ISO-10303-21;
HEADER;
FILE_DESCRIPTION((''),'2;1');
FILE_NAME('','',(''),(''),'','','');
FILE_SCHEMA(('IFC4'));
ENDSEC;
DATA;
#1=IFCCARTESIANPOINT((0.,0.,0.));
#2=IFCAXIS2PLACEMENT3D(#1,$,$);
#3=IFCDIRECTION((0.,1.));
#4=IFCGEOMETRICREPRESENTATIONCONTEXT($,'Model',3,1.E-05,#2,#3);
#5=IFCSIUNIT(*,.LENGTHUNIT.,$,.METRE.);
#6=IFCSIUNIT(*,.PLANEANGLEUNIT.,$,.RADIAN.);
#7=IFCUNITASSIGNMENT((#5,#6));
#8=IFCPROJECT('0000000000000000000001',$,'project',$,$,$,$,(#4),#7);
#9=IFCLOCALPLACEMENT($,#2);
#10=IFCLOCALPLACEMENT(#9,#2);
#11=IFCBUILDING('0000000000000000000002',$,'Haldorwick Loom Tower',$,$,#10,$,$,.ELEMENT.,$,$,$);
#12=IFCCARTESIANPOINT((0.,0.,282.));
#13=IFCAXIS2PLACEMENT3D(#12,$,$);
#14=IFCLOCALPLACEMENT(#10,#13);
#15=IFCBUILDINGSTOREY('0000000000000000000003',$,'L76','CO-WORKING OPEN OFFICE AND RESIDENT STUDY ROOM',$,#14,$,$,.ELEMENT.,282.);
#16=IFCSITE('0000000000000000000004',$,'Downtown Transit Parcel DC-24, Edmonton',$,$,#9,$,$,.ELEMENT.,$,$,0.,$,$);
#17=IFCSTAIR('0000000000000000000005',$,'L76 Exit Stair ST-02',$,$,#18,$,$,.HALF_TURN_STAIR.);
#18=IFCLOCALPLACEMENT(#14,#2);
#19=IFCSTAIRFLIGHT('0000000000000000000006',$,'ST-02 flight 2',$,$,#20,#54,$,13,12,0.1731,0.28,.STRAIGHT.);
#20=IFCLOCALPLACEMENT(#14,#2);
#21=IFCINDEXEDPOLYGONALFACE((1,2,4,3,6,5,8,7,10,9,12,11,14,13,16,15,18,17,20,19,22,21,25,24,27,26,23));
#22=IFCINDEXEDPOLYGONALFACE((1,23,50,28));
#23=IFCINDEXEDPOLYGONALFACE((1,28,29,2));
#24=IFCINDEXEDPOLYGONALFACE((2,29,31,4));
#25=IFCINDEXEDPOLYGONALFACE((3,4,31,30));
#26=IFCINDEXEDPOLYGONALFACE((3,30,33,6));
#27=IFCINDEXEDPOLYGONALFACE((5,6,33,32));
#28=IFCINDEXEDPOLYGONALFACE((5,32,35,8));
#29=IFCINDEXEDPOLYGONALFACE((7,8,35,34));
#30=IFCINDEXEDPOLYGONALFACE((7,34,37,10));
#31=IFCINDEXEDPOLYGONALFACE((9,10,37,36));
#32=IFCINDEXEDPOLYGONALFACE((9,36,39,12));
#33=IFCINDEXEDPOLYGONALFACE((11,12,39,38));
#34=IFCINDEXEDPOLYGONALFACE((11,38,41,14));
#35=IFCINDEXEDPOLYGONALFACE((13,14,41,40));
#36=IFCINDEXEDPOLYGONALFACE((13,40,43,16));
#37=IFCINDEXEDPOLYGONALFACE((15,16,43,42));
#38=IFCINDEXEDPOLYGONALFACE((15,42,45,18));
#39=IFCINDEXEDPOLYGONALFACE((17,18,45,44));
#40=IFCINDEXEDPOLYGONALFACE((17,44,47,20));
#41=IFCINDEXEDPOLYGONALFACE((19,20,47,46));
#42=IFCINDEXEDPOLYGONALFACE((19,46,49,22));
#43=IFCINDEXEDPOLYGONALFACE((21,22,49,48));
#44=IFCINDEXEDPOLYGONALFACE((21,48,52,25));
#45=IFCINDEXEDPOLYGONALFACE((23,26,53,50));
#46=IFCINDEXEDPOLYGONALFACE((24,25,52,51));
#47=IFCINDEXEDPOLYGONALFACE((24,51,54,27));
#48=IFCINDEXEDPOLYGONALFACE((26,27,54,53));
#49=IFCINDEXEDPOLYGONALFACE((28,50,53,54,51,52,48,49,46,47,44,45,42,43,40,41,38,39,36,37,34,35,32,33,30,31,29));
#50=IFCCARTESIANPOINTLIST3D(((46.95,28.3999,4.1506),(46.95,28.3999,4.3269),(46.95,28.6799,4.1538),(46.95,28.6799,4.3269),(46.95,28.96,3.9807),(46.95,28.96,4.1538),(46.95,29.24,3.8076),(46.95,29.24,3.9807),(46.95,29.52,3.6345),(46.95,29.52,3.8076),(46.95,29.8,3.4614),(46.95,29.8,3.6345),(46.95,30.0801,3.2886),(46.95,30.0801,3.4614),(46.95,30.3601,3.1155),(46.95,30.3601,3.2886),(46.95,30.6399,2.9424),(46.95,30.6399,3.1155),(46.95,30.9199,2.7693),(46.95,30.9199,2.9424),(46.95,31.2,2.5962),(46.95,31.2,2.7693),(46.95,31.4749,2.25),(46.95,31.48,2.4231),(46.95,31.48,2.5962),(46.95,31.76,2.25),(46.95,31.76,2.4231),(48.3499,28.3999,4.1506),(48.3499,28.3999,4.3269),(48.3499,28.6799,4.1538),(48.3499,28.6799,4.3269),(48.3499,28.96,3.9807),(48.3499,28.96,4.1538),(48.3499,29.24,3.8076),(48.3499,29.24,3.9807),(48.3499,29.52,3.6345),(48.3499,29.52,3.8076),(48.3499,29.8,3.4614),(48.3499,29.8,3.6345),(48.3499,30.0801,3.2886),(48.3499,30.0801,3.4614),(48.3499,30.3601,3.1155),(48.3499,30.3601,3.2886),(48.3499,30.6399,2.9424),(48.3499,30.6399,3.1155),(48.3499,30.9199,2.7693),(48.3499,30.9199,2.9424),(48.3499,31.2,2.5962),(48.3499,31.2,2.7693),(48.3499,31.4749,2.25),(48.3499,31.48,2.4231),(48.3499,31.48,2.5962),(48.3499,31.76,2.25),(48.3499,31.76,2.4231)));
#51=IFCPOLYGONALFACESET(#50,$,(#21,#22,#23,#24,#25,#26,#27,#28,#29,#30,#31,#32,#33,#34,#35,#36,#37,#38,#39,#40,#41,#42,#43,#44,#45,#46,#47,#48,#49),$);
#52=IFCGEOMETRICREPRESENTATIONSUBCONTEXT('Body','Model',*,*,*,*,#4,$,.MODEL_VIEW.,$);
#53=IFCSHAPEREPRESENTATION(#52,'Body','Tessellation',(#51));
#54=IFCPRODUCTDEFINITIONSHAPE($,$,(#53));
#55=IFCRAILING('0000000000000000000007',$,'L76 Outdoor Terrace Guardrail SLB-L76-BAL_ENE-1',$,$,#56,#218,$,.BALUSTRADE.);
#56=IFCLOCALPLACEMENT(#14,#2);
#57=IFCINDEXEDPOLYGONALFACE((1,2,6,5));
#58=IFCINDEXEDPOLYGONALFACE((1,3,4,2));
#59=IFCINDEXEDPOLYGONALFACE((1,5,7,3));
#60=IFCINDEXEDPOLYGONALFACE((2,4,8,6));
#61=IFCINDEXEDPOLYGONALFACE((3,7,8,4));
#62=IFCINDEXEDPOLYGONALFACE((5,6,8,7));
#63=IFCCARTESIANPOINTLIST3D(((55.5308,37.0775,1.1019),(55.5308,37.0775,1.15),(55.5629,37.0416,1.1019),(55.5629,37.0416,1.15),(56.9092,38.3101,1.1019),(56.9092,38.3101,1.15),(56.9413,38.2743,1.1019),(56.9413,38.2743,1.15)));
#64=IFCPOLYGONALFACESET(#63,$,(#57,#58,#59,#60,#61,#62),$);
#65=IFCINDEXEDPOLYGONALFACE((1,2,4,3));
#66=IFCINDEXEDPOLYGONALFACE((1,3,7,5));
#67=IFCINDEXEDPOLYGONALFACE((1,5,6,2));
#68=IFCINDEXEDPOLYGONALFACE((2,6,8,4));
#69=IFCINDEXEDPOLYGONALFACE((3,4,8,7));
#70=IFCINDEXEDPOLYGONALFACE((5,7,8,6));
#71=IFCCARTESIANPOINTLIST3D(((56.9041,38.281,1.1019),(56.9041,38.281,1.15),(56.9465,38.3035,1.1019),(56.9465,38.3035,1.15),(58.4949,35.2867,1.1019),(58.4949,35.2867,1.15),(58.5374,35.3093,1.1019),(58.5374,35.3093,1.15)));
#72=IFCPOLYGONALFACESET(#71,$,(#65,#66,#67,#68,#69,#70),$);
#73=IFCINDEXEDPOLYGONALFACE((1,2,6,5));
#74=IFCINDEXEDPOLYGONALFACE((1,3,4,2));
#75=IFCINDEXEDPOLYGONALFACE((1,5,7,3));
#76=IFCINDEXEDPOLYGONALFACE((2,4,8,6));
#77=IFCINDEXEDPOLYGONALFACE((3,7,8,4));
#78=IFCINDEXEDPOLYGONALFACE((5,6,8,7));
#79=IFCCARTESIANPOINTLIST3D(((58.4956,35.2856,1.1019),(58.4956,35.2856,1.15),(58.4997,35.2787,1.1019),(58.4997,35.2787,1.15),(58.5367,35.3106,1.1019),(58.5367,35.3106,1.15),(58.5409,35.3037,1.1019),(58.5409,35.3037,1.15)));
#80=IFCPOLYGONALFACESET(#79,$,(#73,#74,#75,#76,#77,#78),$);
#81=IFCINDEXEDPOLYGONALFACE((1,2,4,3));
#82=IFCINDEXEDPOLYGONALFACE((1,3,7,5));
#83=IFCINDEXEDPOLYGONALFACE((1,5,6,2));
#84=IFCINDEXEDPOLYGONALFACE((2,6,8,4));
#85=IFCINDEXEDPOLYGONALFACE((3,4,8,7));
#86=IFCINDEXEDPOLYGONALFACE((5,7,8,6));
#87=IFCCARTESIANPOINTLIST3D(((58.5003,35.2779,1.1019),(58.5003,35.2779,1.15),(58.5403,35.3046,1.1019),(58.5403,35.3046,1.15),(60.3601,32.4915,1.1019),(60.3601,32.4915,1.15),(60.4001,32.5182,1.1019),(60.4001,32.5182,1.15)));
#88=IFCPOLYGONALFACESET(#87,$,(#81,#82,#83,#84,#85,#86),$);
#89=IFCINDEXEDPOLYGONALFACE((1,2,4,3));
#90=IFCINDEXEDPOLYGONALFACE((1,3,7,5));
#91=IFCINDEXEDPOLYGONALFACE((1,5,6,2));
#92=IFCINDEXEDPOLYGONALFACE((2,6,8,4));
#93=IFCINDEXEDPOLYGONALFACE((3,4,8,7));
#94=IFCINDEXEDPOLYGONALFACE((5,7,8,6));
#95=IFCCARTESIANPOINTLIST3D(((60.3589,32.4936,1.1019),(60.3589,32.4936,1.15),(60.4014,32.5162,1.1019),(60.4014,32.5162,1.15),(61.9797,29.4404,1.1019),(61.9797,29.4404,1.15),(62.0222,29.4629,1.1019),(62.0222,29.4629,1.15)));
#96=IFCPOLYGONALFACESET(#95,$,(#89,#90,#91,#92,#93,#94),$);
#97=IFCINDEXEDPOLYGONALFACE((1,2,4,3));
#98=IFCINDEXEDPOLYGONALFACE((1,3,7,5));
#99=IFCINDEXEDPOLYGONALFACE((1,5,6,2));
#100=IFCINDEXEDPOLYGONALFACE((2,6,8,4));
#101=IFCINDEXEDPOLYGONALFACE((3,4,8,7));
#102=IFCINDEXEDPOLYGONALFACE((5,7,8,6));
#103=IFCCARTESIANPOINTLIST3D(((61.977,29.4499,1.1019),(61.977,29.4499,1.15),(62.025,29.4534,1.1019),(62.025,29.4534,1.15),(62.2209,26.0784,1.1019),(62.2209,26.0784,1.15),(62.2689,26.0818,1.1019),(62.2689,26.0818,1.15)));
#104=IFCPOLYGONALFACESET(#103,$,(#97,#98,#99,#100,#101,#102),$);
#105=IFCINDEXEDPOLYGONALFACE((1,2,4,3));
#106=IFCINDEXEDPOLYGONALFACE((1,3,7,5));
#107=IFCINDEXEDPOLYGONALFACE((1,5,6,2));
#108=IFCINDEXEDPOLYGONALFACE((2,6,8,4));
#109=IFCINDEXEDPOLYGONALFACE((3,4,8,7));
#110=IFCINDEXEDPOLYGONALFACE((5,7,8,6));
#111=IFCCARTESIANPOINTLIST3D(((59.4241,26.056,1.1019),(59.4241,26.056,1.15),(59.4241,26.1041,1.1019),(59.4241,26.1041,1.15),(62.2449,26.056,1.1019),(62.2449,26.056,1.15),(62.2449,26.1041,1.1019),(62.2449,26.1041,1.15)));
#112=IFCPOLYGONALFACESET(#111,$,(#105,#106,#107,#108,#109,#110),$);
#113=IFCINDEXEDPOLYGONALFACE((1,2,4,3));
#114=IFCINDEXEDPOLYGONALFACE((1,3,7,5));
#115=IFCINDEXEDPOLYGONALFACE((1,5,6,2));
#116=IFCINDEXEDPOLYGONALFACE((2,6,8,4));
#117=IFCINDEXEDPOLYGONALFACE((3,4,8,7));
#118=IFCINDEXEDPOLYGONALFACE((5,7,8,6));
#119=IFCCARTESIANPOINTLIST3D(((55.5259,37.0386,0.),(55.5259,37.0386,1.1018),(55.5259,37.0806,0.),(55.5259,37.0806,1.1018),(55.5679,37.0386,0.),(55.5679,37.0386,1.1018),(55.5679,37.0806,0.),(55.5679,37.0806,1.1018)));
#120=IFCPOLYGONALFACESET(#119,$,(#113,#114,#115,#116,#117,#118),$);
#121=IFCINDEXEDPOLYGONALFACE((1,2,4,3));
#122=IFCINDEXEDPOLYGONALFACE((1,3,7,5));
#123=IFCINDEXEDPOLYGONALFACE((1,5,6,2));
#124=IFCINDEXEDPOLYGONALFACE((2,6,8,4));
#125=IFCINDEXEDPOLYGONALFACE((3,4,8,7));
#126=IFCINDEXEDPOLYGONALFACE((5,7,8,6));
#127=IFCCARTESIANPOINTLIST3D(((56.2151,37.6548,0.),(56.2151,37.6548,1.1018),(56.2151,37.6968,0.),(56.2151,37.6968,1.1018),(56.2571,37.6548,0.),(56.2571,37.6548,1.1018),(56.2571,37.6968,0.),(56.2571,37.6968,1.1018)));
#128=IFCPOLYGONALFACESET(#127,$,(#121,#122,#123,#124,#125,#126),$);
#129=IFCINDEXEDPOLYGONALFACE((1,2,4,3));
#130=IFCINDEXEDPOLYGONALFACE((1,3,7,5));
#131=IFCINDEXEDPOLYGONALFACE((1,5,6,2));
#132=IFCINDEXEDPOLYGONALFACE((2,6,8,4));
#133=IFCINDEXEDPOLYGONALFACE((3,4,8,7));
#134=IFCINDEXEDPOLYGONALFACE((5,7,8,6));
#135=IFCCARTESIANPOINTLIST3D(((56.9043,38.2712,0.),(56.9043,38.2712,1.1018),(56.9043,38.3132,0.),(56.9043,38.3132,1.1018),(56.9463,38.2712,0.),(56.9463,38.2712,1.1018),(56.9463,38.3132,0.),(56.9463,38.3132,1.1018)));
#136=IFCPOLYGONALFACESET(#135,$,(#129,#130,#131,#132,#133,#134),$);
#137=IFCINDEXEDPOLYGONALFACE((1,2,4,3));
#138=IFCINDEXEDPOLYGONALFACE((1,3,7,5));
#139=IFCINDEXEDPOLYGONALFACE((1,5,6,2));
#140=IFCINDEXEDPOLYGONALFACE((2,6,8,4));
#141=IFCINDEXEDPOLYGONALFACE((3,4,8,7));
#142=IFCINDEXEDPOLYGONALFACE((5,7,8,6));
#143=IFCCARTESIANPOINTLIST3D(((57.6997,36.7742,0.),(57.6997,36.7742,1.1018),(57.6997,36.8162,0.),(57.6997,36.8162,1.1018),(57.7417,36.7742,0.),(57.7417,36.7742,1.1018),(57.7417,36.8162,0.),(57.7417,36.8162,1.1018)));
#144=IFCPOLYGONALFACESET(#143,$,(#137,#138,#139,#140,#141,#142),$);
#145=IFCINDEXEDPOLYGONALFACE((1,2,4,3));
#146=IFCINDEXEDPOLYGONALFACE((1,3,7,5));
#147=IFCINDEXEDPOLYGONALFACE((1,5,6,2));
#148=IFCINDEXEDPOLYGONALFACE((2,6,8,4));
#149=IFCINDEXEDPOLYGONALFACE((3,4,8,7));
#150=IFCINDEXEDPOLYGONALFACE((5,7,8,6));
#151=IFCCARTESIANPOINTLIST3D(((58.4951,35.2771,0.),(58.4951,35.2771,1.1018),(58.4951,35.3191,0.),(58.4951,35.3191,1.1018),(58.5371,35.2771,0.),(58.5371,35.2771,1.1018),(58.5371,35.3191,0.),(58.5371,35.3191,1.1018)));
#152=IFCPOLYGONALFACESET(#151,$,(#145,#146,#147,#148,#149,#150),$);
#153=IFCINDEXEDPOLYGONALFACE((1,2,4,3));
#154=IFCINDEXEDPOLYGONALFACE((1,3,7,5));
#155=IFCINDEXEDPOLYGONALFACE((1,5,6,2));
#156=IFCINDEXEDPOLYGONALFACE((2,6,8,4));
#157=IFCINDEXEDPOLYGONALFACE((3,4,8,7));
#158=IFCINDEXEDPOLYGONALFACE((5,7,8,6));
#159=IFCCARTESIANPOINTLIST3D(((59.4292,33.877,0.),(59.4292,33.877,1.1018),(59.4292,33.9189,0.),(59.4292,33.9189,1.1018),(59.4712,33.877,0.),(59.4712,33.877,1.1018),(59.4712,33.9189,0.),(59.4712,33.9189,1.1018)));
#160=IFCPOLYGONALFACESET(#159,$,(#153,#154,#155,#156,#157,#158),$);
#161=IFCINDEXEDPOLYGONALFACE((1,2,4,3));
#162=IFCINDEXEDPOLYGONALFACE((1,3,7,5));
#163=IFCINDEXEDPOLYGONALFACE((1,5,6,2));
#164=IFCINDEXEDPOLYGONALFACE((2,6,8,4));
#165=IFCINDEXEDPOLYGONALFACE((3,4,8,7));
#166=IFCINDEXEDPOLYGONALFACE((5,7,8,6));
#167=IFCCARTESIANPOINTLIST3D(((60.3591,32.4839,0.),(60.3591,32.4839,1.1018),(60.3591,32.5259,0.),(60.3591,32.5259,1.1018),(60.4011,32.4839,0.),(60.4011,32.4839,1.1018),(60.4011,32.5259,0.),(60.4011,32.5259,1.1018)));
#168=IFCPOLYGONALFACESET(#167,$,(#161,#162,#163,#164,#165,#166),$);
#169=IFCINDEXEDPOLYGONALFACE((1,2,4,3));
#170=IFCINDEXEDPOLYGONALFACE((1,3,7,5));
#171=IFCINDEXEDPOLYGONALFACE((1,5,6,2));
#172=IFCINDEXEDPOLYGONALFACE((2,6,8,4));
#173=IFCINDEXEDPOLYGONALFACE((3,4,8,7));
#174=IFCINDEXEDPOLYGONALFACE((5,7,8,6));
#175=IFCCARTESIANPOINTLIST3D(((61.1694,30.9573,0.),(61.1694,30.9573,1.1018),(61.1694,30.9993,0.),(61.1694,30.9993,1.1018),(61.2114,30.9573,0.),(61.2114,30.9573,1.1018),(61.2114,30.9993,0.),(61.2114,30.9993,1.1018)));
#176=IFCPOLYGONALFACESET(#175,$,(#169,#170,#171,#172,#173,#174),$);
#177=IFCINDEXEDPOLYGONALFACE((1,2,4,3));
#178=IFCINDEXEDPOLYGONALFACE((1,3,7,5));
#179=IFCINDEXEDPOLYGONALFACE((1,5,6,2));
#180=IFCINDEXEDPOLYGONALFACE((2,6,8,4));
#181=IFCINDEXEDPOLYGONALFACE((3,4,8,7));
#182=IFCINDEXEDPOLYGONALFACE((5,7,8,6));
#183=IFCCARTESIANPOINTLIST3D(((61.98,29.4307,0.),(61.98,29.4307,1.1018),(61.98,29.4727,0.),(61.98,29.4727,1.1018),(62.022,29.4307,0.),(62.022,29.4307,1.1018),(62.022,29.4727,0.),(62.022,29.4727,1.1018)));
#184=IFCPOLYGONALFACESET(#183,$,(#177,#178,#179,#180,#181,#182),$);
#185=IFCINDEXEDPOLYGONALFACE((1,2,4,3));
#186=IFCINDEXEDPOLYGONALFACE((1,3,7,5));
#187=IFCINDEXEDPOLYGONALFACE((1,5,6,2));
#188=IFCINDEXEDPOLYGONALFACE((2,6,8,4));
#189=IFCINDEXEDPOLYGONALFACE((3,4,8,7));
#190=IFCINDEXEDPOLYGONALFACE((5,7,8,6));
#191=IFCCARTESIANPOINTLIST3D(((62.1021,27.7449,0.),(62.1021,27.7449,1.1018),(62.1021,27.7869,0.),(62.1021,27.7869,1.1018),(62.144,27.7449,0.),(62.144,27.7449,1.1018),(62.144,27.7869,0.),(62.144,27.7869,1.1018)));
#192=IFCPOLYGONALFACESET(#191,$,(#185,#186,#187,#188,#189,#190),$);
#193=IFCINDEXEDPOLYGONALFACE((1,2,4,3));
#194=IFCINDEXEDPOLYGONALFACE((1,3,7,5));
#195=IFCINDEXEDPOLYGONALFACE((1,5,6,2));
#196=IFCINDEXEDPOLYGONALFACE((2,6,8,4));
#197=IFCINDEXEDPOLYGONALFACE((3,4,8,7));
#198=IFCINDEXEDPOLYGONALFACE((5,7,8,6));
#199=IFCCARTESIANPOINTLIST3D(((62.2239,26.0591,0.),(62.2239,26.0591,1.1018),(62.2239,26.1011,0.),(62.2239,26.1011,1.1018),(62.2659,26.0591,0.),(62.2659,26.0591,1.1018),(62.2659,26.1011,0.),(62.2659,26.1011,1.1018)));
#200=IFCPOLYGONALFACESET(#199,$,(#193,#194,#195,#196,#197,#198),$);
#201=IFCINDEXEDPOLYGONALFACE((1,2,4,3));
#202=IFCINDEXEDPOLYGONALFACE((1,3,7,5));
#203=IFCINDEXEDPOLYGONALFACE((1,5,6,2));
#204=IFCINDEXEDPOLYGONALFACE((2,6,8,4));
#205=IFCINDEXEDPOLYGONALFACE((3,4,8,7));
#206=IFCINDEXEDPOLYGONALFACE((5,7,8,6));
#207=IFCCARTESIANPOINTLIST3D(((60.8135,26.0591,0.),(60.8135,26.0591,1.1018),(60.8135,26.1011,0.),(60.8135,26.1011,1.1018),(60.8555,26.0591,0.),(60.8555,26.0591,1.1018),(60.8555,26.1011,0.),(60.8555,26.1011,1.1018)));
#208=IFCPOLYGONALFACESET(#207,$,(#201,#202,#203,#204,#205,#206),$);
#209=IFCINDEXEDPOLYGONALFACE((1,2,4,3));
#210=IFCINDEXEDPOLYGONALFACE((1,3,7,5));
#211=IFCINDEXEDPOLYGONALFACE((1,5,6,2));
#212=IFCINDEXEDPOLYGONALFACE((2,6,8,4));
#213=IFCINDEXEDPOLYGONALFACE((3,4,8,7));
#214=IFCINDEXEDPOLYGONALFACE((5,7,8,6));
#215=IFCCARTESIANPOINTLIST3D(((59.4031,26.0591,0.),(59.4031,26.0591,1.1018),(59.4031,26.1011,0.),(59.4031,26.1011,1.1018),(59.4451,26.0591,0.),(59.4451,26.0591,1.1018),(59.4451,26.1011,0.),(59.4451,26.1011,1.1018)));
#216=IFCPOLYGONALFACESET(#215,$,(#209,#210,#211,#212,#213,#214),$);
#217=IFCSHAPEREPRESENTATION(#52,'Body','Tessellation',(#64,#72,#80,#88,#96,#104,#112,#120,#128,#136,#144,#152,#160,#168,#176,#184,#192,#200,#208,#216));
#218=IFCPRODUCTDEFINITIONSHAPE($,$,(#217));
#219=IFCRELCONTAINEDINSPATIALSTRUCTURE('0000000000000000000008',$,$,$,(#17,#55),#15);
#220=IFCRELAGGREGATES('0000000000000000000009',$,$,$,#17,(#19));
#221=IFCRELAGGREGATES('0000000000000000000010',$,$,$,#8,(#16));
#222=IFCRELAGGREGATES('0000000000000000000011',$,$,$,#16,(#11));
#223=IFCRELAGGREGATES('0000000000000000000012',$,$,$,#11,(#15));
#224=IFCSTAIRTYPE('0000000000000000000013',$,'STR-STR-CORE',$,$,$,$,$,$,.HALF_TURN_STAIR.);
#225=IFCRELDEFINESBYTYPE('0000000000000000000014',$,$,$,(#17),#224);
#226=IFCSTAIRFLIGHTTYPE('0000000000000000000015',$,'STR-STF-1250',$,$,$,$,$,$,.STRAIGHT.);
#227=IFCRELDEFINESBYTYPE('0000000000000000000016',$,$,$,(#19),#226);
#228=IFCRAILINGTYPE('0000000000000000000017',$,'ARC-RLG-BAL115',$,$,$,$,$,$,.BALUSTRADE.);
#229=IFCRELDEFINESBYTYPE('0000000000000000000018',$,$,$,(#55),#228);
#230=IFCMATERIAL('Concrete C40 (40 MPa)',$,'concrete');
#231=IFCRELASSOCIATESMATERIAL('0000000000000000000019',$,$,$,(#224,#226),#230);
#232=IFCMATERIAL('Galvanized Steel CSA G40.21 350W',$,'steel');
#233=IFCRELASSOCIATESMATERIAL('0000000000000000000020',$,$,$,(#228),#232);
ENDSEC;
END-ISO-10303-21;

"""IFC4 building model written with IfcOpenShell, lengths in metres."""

from ifc_helpers import new_model, si_unit, direction, frame, origin, origin_2d, place, context, subcontext, project, spatial, polyline, rectangle, outline, extrude, material, type_object, element, aggregate, save


model = new_model("IFC4")

# Units and contexts
model_context = context("Model", 3, precision=1e-05, world=origin(), true_north=direction((0.0, 1.0)))
body_context = subcontext(model_context, "Body", "Model", "MODEL_VIEW")
ifc_project = project(units=[si_unit("LENGTHUNIT", "METRE"), si_unit("PLANEANGLEUNIT", "RADIAN")], contexts=[model_context])

# Site, building, storey
site_placement = place(None, origin())
site = spatial("IfcSite", under=ifc_project, at=site_placement, Name="Downtown Transit Parcel DC-24, Edmonton", CompositionType="ELEMENT", RefElevation=0.0)
building_placement = place(site_placement, origin())
building = spatial("IfcBuilding", under=site, at=building_placement, Name="Haldorwick Loom Tower", CompositionType="ELEMENT")
storey_placement = place(building_placement, frame((0.0, 0.0, 282.0)))
storey = spatial("IfcBuildingStorey", under=building, at=storey_placement, Name="L76", Description="CO-WORKING OPEN OFFICE AND RESIDENT STUDY ROOM", CompositionType="ELEMENT", Elevation=282.0)

# Stair, stair flight
ifc_material_1 = material(Name="Concrete C40 (40 MPa)", Category="concrete")
stair_type = type_object("IfcStairType", Name="STR-STR-CORE", PredefinedType="HALF_TURN_STAIR", material=ifc_material_1)
stair_placement = place(storey_placement, origin())
stair = element("IfcStair", 1, at=stair_placement, inside=storey, type_object=stair_type, Name="L76 Exit Stair ST-02", PredefinedType="HALF_TURN_STAIR")
stair_flight_type = type_object("IfcStairFlightType", Name="STR-STF-1250", PredefinedType="STRAIGHT", material=ifc_material_1)
stair_flight_1_placement = place(storey_placement, frame((47.6499, 31.76, 2.25), z_axis=(0.0, 0.0, 1.0), x_axis=(0.0, -1.0, 0.0)))
stair_flight_1 = element("IfcStairFlight", 2, at=stair_flight_1_placement, type_object=stair_flight_type, Name="ST-02 flight 2", NumberOfRisers=13, NumberOfTreads=12, PredefinedType="STRAIGHT", RiserHeight=0.1731, TreadLength=0.28, context=body_context, shape_type="SweptSolid", body=[
    extrude(outline(polyline([(0.0, 0.0), (0.0, 0.1731), (0.28, 0.1731), (0.28, 0.3462), (0.5601, 0.3462), (0.5601, 0.5193), (0.8401, 0.5193), (0.8401, 0.6924), (1.1201, 0.6924), (1.1201, 0.8655), (1.3999, 0.8655), (1.3999, 1.0386), (1.6799, 1.0386), (1.6799, 1.2114), (1.96, 1.2114), (1.96, 1.3845), (2.24, 1.3845), (2.24, 1.5576), (2.52, 1.5576), (2.52, 1.7307), (2.8, 1.7307), (2.8, 1.9038), (3.0801, 1.9038), (3.0801, 2.0769), (3.3601, 2.0769), (3.3601, 2.25), (3.3601, 1.9006), (0.2852, 0.0), (0.0, 0.0)])), frame((0.0, 0.7, 0.0), z_axis=(0.0, -1.0, 0.0), x_axis=(1.0, 0.0, 0.0)), (0.0, 0.0, 1.0), 1.3999),
])
aggregate(stair, [stair_flight_1])

# Railing
ifc_material_2 = material(Name="Galvanized Steel CSA G40.21 350W", Category="steel")
railing_type_1 = type_object("IfcRailingType", Name="ARC-RLG-BAL115", PredefinedType="BALUSTRADE", material=ifc_material_2)
railing_1_placement = place(storey_placement, frame((55.5469, 37.0596, 0.0)))
element("IfcRailing", 3, at=railing_1_placement, inside=storey, type_object=railing_type_1, Name="L76 Outdoor Terrace Guardrail SLB-L76-BAL_ENE-1", PredefinedType="BALUSTRADE", context=body_context, shape_type="SweptSolid", body=[
    extrude(rectangle(XDim=0.0481, YDim=0.0481, at=origin_2d()), frame((0.0, 0.0, 1.126), z_axis=(0.745417, 0.666598, 0.0), x_axis=(-0.666598, 0.745417, 0.0)), (0.0, 0.0, 1.0), 1.8491),
    extrude(rectangle(XDim=0.0481, YDim=0.0481, at=origin_2d()), frame((1.3784, 1.2327, 1.126), z_axis=(0.469197, -0.883093, 0.0), x_axis=(0.883093, 0.469197, 0.0)), (0.0, 0.0, 1.0), 3.3906),
    extrude(rectangle(XDim=0.0481, YDim=0.0481, at=origin_2d()), frame((2.9692, -1.7615, 1.126), z_axis=(0.518978, -0.854788, 0.0), x_axis=(0.854788, 0.518978, 0.0)), (0.0, 0.0, 1.0), 0.0081),
    extrude(rectangle(XDim=0.0481, YDim=0.0481, at=origin_2d()), frame((2.9734, -1.7683, 1.126), z_axis=(0.555171, -0.831736, 0.0), x_axis=(0.831736, 0.555171, 0.0)), (0.0, 0.0, 1.0), 3.3501),
    extrude(rectangle(XDim=0.0481, YDim=0.0481, at=origin_2d()), frame((4.8333, -4.5547, 1.126), z_axis=(0.46889, -0.883257, 0.0), x_axis=(0.883257, 0.46889, 0.0)), (0.0, 0.0, 1.0), 3.4568),
    extrude(rectangle(XDim=0.0481, YDim=0.0481, at=origin_2d()), frame((6.4541, -7.6079, 1.126), z_axis=(0.07215, -0.997394, 0.0), x_axis=(0.997394, 0.07215, 0.0)), (0.0, 0.0, 1.0), 3.3804),
    extrude(rectangle(XDim=0.0481, YDim=0.0481, at=origin_2d()), frame((6.698, -10.9795, 1.126), z_axis=(-1.0, 0.0, 0.0), x_axis=(0.0, -1.0, 0.0)), (0.0, 0.0, 1.0), 2.8208),
    extrude(rectangle(XDim=0.042, YDim=0.042, at=origin_2d()), origin(), (0.0, 0.0, 1.0), 1.1018),
    extrude(rectangle(XDim=0.042, YDim=0.042, at=origin_2d()), frame((0.6892, 0.6162, 0.0)), (0.0, 0.0, 1.0), 1.1018),
    extrude(rectangle(XDim=0.042, YDim=0.042, at=origin_2d()), frame((1.3784, 1.2327, 0.0)), (0.0, 0.0, 1.0), 1.1018),
    extrude(rectangle(XDim=0.042, YDim=0.042, at=origin_2d()), frame((2.1738, -0.2644, 0.0)), (0.0, 0.0, 1.0), 1.1018),
    extrude(rectangle(XDim=0.042, YDim=0.042, at=origin_2d()), frame((2.9692, -1.7615, 0.0)), (0.0, 0.0, 1.0), 1.1018),
    extrude(rectangle(XDim=0.042, YDim=0.042, at=origin_2d()), frame((3.9033, -3.1616, 0.0)), (0.0, 0.0, 1.0), 1.1018),
    extrude(rectangle(XDim=0.042, YDim=0.042, at=origin_2d()), frame((4.8333, -4.5547, 0.0)), (0.0, 0.0, 1.0), 1.1018),
    extrude(rectangle(XDim=0.042, YDim=0.042, at=origin_2d()), frame((5.6436, -6.0813, 0.0)), (0.0, 0.0, 1.0), 1.1018),
    extrude(rectangle(XDim=0.042, YDim=0.042, at=origin_2d()), frame((6.4541, -7.6079, 0.0)), (0.0, 0.0, 1.0), 1.1018),
    extrude(rectangle(XDim=0.042, YDim=0.042, at=origin_2d()), frame((6.5762, -9.2937, 0.0)), (0.0, 0.0, 1.0), 1.1018),
    extrude(rectangle(XDim=0.042, YDim=0.042, at=origin_2d()), frame((6.698, -10.9795, 0.0)), (0.0, 0.0, 1.0), 1.1018),
    extrude(rectangle(XDim=0.042, YDim=0.042, at=origin_2d()), frame((5.2876, -10.9795, 0.0)), (0.0, 0.0, 1.0), 1.1018),
    extrude(rectangle(XDim=0.042, YDim=0.042, at=origin_2d()), frame((3.8772, -10.9795, 0.0)), (0.0, 0.0, 1.0), 1.1018),
])

save(model, "model.ifc")
